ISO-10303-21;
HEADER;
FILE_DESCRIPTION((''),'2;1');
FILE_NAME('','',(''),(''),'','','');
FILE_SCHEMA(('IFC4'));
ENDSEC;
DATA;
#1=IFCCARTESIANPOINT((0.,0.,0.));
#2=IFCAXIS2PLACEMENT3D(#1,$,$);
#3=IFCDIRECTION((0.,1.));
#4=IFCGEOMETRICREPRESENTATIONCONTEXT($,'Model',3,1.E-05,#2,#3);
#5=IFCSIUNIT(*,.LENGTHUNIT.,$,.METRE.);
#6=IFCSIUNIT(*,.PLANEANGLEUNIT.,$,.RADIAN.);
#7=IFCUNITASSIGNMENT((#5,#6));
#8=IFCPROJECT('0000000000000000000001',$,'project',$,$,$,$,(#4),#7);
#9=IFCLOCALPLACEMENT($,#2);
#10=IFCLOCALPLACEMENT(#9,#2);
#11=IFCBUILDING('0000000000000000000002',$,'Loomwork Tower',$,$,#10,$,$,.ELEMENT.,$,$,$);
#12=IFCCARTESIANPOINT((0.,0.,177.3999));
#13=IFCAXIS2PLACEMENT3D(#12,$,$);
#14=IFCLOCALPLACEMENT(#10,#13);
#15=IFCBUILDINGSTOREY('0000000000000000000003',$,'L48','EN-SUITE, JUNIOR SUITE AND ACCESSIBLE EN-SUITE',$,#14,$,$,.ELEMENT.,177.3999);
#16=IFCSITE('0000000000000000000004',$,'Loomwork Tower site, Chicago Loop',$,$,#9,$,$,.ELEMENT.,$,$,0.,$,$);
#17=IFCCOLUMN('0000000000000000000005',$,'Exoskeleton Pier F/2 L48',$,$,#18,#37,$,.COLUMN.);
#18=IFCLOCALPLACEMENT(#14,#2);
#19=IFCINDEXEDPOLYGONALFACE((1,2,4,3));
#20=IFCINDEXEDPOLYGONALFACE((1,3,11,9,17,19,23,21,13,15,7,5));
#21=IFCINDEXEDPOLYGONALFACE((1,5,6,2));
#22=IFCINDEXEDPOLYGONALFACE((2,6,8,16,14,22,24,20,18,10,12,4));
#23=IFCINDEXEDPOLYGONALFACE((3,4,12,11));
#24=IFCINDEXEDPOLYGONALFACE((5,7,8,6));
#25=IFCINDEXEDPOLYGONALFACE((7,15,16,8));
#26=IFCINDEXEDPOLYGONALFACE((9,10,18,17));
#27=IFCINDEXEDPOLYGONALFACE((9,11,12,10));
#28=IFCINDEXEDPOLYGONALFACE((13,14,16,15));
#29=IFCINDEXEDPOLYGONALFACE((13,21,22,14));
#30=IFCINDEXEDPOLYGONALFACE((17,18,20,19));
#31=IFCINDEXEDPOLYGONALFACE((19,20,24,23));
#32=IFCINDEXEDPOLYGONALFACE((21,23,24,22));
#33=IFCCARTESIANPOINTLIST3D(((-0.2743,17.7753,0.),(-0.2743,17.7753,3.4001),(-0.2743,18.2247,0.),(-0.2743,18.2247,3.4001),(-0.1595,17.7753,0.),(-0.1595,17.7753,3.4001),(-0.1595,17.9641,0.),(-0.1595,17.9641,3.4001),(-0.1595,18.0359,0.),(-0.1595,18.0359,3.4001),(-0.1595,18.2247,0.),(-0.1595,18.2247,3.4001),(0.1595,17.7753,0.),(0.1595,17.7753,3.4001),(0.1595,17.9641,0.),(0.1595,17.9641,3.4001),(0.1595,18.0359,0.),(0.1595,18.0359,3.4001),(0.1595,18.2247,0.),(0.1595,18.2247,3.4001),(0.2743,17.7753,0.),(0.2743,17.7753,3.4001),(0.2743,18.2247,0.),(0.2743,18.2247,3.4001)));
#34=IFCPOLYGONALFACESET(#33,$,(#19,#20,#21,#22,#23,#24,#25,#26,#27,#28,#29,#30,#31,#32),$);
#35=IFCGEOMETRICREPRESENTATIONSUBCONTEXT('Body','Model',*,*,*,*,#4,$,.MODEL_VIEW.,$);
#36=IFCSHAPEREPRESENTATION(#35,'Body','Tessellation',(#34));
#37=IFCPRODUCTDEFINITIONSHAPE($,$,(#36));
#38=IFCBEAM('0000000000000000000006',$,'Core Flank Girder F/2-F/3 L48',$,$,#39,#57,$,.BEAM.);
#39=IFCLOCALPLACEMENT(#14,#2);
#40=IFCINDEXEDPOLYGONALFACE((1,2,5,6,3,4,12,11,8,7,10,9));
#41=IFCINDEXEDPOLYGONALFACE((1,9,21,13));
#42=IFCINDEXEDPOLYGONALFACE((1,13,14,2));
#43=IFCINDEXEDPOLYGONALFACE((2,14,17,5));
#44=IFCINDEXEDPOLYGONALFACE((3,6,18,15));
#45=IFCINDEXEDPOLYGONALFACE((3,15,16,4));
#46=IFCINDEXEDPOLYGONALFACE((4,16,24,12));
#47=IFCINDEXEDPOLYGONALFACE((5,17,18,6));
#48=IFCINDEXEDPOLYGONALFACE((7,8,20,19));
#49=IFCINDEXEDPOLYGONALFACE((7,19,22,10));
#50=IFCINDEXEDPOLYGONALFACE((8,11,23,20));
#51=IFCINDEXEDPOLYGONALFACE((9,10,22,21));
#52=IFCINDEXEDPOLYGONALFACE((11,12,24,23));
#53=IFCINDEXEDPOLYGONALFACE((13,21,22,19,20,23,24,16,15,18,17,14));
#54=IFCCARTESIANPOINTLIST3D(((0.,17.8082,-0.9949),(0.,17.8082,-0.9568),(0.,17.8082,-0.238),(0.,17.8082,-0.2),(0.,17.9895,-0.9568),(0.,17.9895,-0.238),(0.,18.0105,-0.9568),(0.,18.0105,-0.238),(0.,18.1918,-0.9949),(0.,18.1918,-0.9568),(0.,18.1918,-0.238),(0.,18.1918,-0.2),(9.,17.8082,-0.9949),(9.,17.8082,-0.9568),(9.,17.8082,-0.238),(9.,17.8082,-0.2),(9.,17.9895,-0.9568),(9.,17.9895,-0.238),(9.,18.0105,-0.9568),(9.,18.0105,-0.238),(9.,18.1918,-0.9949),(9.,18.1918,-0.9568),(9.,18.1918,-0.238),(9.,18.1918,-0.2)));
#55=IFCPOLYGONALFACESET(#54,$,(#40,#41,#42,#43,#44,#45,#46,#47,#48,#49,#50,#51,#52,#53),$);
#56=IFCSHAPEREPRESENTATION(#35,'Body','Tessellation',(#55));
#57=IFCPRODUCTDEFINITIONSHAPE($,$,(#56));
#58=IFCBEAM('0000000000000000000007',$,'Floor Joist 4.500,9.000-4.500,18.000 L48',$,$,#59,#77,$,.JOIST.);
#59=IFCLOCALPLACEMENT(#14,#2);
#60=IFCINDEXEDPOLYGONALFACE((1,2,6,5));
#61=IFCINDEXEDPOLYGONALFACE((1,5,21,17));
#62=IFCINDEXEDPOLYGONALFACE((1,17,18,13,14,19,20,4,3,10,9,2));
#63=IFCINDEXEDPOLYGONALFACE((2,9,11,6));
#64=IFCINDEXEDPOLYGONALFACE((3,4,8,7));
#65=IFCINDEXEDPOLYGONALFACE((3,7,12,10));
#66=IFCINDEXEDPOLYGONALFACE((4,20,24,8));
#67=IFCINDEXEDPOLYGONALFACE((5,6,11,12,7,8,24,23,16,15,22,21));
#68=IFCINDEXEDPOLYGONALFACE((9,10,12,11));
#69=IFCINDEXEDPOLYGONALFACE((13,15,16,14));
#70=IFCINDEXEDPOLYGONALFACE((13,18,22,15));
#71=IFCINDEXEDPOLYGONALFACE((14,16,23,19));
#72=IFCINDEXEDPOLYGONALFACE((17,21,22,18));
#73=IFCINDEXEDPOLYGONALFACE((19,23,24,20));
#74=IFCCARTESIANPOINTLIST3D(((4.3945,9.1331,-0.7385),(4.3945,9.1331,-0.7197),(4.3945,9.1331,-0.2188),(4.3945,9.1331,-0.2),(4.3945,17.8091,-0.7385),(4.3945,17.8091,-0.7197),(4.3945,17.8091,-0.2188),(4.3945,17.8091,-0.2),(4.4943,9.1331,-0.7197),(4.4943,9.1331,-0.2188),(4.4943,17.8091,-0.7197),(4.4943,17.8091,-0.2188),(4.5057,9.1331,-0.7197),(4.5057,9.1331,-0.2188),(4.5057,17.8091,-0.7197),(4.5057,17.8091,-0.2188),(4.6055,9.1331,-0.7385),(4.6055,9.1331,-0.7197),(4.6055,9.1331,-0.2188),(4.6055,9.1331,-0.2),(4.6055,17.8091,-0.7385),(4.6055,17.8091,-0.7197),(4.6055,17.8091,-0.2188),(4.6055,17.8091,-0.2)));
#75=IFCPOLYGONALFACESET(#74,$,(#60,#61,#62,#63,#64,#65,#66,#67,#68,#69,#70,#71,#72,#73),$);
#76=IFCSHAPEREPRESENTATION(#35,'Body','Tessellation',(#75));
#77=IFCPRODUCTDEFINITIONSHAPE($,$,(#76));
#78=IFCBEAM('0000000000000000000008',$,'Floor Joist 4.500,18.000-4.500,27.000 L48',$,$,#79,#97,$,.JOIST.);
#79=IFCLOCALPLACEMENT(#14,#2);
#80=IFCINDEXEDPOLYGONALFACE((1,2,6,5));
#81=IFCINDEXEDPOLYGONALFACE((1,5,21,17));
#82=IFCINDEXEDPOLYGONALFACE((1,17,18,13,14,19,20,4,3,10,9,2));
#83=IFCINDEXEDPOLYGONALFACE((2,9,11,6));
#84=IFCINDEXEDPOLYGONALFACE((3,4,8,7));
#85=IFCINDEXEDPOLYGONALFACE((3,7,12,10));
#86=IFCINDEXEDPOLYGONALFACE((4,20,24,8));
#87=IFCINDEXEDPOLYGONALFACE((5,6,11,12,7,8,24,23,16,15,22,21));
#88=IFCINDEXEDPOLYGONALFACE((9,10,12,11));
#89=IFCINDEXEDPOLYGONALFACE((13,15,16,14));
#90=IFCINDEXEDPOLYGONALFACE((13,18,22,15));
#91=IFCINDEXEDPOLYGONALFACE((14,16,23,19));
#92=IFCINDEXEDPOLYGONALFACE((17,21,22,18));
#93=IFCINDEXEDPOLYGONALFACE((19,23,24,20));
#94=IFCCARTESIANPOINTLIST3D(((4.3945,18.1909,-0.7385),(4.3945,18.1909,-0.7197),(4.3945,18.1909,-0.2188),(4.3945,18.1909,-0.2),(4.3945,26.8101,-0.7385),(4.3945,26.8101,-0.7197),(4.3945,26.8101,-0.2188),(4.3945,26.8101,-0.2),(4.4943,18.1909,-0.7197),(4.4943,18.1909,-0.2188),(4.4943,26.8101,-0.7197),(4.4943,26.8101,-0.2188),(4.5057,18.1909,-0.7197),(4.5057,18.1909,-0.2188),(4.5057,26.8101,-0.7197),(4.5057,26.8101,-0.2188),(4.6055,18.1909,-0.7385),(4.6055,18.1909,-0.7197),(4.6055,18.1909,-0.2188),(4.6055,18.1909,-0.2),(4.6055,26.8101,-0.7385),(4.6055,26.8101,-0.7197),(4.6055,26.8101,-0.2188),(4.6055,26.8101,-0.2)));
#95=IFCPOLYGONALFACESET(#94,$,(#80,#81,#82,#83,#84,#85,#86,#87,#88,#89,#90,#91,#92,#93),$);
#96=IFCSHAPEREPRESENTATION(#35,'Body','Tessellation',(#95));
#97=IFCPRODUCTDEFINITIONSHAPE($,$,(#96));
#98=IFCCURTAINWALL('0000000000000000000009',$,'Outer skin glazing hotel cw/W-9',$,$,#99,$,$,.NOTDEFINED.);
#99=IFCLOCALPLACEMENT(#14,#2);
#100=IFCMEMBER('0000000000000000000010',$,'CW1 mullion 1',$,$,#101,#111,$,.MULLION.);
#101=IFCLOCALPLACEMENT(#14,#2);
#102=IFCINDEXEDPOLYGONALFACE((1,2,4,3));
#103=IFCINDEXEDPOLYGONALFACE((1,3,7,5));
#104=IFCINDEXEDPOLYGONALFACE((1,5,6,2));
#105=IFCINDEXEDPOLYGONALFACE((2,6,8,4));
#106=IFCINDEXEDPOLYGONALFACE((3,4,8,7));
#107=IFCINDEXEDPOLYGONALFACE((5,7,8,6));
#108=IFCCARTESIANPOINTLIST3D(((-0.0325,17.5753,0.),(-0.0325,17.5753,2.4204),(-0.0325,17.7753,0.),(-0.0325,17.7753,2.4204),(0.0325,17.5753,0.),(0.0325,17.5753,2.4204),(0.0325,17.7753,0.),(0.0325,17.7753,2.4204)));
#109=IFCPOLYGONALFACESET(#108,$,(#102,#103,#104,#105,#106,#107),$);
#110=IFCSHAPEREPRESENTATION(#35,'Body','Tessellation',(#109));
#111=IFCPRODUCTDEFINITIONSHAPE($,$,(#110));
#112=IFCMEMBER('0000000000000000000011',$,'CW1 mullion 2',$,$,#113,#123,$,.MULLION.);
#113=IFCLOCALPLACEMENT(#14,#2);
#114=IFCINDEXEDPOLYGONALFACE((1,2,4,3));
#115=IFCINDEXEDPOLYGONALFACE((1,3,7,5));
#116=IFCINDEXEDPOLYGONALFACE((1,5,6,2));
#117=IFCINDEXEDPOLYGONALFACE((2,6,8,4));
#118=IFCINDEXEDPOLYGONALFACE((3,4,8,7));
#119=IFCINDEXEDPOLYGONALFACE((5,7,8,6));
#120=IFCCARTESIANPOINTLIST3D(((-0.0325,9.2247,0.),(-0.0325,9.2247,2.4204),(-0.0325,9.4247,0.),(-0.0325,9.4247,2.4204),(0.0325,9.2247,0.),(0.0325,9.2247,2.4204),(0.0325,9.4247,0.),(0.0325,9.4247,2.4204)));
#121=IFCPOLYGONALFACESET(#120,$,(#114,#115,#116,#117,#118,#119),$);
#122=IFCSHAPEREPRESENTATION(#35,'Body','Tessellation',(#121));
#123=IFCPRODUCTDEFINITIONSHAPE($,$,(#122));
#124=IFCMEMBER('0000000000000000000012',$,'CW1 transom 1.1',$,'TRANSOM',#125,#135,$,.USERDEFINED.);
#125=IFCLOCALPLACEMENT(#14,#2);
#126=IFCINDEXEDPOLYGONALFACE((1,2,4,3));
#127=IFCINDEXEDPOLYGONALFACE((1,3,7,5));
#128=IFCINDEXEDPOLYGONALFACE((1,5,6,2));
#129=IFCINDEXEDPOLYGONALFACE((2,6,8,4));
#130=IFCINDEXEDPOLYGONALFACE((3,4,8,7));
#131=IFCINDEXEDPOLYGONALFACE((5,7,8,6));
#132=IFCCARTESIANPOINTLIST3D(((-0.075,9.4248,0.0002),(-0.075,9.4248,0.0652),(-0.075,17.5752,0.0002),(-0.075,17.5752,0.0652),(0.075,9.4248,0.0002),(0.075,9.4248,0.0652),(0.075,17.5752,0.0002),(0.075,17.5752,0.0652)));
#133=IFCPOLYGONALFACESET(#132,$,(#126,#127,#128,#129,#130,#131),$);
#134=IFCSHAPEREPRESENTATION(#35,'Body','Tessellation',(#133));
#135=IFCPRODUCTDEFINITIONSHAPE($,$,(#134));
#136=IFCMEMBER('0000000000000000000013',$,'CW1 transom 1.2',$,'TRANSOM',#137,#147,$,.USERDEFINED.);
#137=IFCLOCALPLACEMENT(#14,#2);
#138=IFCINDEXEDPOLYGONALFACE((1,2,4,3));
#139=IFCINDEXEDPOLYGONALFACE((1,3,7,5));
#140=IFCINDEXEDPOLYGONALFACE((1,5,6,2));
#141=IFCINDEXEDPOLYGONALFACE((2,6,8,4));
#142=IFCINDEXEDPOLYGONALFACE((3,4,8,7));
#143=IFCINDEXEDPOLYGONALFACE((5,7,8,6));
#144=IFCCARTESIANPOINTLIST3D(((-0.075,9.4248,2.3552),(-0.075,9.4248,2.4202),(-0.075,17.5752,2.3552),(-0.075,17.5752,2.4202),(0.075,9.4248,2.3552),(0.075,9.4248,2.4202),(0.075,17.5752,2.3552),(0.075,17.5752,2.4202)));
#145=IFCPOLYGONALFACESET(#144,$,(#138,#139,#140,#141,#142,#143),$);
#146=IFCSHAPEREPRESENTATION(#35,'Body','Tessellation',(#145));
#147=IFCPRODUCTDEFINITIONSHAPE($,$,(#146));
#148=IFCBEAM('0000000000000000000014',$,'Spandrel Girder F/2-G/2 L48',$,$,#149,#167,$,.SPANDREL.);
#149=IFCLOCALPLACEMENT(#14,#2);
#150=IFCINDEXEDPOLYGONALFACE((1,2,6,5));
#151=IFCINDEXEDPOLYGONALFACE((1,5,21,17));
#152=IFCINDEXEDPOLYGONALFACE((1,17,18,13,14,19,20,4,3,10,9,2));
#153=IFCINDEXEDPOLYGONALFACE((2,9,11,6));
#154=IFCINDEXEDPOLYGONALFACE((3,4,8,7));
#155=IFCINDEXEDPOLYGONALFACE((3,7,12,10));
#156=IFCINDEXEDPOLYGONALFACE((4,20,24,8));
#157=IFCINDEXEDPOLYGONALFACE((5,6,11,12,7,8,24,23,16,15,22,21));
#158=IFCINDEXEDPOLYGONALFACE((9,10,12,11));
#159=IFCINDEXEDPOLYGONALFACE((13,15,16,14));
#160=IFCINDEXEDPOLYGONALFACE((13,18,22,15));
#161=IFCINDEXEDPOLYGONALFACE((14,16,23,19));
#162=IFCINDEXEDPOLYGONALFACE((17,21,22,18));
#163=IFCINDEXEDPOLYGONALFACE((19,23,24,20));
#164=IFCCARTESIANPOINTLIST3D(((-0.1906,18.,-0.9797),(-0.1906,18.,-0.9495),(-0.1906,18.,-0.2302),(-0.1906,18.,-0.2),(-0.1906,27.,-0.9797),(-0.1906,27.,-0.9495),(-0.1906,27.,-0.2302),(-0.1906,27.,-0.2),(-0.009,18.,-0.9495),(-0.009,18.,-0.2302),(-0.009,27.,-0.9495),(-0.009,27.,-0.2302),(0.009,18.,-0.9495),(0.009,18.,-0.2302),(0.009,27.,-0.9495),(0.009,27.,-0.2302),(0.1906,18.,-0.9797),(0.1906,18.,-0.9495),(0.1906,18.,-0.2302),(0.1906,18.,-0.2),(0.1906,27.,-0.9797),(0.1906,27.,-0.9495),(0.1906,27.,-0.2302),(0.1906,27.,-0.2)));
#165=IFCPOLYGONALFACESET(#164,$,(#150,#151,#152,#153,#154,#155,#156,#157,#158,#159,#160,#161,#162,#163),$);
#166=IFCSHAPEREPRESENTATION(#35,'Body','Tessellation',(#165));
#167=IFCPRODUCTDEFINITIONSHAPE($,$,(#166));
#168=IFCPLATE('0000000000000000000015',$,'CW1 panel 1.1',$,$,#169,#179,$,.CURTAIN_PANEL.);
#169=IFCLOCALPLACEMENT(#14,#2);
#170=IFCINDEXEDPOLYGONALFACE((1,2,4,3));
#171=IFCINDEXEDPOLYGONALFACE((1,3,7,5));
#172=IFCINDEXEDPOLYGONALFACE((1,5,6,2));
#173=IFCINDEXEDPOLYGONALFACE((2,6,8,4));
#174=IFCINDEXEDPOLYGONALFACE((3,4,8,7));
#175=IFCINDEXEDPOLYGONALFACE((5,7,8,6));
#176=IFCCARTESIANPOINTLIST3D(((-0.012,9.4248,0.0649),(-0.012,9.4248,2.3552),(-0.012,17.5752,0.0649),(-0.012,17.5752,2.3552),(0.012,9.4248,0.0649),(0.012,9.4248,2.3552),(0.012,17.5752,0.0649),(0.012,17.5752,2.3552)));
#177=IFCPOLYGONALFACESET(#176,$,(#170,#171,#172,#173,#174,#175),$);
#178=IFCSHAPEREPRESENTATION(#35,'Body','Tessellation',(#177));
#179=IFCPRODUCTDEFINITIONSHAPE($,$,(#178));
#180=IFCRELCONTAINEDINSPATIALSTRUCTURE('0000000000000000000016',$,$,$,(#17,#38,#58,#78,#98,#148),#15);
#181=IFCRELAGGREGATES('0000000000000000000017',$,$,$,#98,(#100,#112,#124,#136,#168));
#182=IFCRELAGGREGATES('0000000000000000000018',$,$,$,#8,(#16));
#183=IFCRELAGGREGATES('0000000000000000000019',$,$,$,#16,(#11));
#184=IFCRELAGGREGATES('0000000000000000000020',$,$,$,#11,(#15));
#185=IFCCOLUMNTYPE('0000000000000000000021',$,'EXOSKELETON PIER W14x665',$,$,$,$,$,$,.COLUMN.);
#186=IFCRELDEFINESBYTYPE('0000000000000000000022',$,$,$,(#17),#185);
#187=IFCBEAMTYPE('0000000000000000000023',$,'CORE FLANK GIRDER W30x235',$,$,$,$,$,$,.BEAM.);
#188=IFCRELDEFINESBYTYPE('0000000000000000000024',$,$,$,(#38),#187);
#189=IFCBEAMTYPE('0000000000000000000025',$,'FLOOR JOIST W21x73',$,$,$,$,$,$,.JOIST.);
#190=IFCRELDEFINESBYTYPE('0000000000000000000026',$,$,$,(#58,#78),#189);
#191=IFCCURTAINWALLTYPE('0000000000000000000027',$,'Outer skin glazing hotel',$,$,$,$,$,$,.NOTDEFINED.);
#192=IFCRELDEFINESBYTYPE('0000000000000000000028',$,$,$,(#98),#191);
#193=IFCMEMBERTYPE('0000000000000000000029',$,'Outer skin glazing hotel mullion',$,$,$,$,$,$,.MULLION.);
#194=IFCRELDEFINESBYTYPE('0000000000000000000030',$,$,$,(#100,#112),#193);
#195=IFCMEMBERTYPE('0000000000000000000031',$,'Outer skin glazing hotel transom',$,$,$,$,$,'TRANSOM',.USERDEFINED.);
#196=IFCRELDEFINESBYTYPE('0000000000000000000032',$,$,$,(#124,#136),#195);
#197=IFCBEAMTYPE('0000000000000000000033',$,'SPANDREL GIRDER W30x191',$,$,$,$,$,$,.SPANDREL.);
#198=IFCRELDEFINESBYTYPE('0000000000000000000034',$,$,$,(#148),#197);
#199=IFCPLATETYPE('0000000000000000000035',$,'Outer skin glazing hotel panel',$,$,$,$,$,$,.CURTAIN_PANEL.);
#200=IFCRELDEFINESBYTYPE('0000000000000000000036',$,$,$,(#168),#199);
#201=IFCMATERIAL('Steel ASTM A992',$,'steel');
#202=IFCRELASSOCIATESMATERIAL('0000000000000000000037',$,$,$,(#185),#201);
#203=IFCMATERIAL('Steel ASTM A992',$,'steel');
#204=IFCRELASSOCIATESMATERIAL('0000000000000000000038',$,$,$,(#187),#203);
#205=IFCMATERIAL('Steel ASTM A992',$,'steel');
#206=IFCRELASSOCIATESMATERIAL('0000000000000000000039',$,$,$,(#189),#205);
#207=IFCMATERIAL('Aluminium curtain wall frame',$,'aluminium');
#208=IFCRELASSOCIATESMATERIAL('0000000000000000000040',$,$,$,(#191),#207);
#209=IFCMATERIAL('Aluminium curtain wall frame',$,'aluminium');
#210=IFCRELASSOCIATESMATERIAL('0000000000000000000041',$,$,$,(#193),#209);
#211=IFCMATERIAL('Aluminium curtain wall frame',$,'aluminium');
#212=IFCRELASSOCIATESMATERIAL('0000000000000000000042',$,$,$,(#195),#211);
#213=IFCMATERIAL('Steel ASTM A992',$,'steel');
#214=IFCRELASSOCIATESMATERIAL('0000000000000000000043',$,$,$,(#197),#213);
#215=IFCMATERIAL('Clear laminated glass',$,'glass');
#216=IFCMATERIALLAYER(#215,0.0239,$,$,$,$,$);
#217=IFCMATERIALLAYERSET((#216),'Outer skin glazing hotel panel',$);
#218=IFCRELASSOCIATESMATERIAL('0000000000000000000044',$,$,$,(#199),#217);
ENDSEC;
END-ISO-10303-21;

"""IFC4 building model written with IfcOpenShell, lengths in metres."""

from ifc_helpers import new_model, si_unit, direction, frame, origin, origin_2d, place, context, subcontext, project, spatial, rectangle, i_section, extrude, material, layer, layer_set, material_profile, profile_set, type_object, element, aggregate, save


model = new_model("IFC4")

# Units and contexts
model_context = context("Model", 3, precision=1e-05, world=origin(), true_north=direction((0.0, 1.0)))
body_context = subcontext(model_context, "Body", "Model", "MODEL_VIEW")
ifc_project = project(units=[si_unit("LENGTHUNIT", "METRE"), si_unit("PLANEANGLEUNIT", "RADIAN")], contexts=[model_context])

# Site, building, storey
site_placement = place(None, origin())
site = spatial("IfcSite", under=ifc_project, at=site_placement, Name="Loomwork Tower site, Chicago Loop", CompositionType="ELEMENT", RefElevation=0.0)
building_placement = place(site_placement, origin())
building = spatial("IfcBuilding", under=site, at=building_placement, Name="Loomwork Tower", CompositionType="ELEMENT")
storey_placement = place(building_placement, frame((0.0, 0.0, 177.3999)))
storey = spatial("IfcBuildingStorey", under=building, at=storey_placement, Name="L48", Description="EN-SUITE, JUNIOR SUITE AND ACCESSIBLE EN-SUITE", CompositionType="ELEMENT", Elevation=177.3999)

# Column
ifc_material_1 = material(Name="Steel ASTM A992", Category="steel")
ifc_material_profile_1 = material_profile(ifc_material_1, i_section(OverallWidth=0.4495, OverallDepth=0.5486, WebThickness=0.0718, FlangeThickness=0.1147, at=origin_2d()), Name="W14x665")
ifc_profile_set_1 = profile_set([ifc_material_profile_1], Name="Steel ASTM A992")
column_type = type_object("IfcColumnType", Name="EXOSKELETON PIER W14x665", PredefinedType="COLUMN", material=ifc_profile_set_1)
column_placement = place(storey_placement, frame((0.0, 18.0, 0.0), z_axis=(0.0, 0.0, 1.0), x_axis=(0.0, 1.0, 0.0)))
element("IfcColumn", 1, at=column_placement, inside=storey, type_object=column_type, Name="Exoskeleton Pier F/2 L48", PredefinedType="COLUMN", context=body_context, shape_type="SweptSolid", body=[
    extrude(i_section(OverallWidth=0.4495, OverallDepth=0.5486, WebThickness=0.0718, FlangeThickness=0.1147, at=origin_2d()), origin(), (0.0, 0.0, 1.0), 3.4001),
])

# Beams
ifc_material_2 = material(Name="Steel ASTM A992", Category="steel")
ifc_material_profile_2 = material_profile(ifc_material_2, i_section(OverallWidth=0.3835, OverallDepth=0.7949, WebThickness=0.021, FlangeThickness=0.0381, at=origin_2d()), Name="W30x235")
ifc_profile_set_2 = profile_set([ifc_material_profile_2], Name="Steel ASTM A992")
beam_type_1 = type_object("IfcBeamType", Name="CORE FLANK GIRDER W30x235", PredefinedType="BEAM", material=ifc_profile_set_2)
beam_1_placement = place(storey_placement, frame((0.0, 18.0, -0.5974), z_axis=(1.0, 0.0, 0.0), x_axis=(0.0, 1.0, 0.0)))
element("IfcBeam", 2, at=beam_1_placement, inside=storey, type_object=beam_type_1, Name="Core Flank Girder F/2-F/3 L48", PredefinedType="BEAM", context=body_context, shape_type="SweptSolid", body=[
    extrude(i_section(OverallWidth=0.3835, OverallDepth=0.7949, WebThickness=0.021, FlangeThickness=0.0381, at=origin_2d()), origin(), (0.0, 0.0, 1.0), 9.0),
])
ifc_material_3 = material(Name="Steel ASTM A992", Category="steel")
ifc_material_profile_3 = material_profile(ifc_material_3, i_section(OverallWidth=0.2109, OverallDepth=0.5386, WebThickness=0.0115, FlangeThickness=0.0188, at=origin_2d()), Name="W21x73")
ifc_profile_set_3 = profile_set([ifc_material_profile_3], Name="Steel ASTM A992")
beam_type_2 = type_object("IfcBeamType", Name="FLOOR JOIST W21x73", PredefinedType="JOIST", material=ifc_profile_set_3)
beam_2_placement = place(storey_placement, frame((4.5, 9.1331, -0.4692), z_axis=(0.0, 1.0, 0.0), x_axis=(-1.0, 0.0, 0.0)))
element("IfcBeam", 3, at=beam_2_placement, inside=storey, type_object=beam_type_2, Name="Floor Joist 4.500,9.000-4.500,18.000 L48", PredefinedType="JOIST", context=body_context, shape_type="SweptSolid", body=[
    extrude(i_section(OverallWidth=0.2109, OverallDepth=0.5386, WebThickness=0.0115, FlangeThickness=0.0188, at=origin_2d()), origin(), (0.0, 0.0, 1.0), 8.676),
])
beam_3_placement = place(storey_placement, frame((4.5, 18.1909, -0.4692), z_axis=(0.0, 1.0, 0.0), x_axis=(-1.0, 0.0, 0.0)))
element("IfcBeam", 4, at=beam_3_placement, inside=storey, type_object=beam_type_2, Name="Floor Joist 4.500,18.000-4.500,27.000 L48", PredefinedType="JOIST", context=body_context, shape_type="SweptSolid", body=[
    extrude(i_section(OverallWidth=0.2109, OverallDepth=0.5386, WebThickness=0.0115, FlangeThickness=0.0188, at=origin_2d()), origin(), (0.0, 0.0, 1.0), 8.6191),
])

# Curtain wall, members
ifc_material_4 = material(Name="Aluminium curtain wall frame", Category="aluminium")
curtain_wall_type = type_object("IfcCurtainWallType", Name="Outer skin glazing hotel", PredefinedType="NOTDEFINED", material=ifc_material_4)
curtain_wall_placement = place(storey_placement, origin())
curtain_wall = element("IfcCurtainWall", 5, at=curtain_wall_placement, inside=storey, type_object=curtain_wall_type, Name="Outer skin glazing hotel cw/W-9", PredefinedType="NOTDEFINED")
ifc_material_5 = material(Name="Aluminium curtain wall frame", Category="aluminium")
ifc_material_profile_4 = material_profile(ifc_material_5, rectangle(XDim=0.0649, YDim=0.2, at=origin_2d()), Name="AL 65x200")
ifc_profile_set_4 = profile_set([ifc_material_profile_4], Name="Aluminium curtain wall frame")
member_type_1 = type_object("IfcMemberType", Name="Outer skin glazing hotel mullion", PredefinedType="MULLION", material=ifc_profile_set_4)
member_1_placement = place(storey_placement, frame((0.0, 17.6753, 0.0), z_axis=(0.0, 0.0, 1.0), x_axis=(1.0, 0.0, 0.0)))
member_1 = element("IfcMember", 6, at=member_1_placement, type_object=member_type_1, Name="CW1 mullion 1", PredefinedType="MULLION", context=body_context, shape_type="SweptSolid", body=[
    extrude(rectangle(XDim=0.0649, YDim=0.2, at=origin_2d()), origin(), (0.0, 0.0, 1.0), 2.4204),
])
member_2_placement = place(storey_placement, frame((0.0, 9.3247, 0.0), z_axis=(0.0, 0.0, 1.0), x_axis=(1.0, 0.0, 0.0)))
member_2 = element("IfcMember", 7, at=member_2_placement, type_object=member_type_1, Name="CW1 mullion 2", PredefinedType="MULLION", context=body_context, shape_type="SweptSolid", body=[
    extrude(rectangle(XDim=0.0649, YDim=0.2, at=origin_2d()), origin(), (0.0, 0.0, 1.0), 2.4204),
])
ifc_material_6 = material(Name="Aluminium curtain wall frame", Category="aluminium")
ifc_material_profile_5 = material_profile(ifc_material_6, rectangle(XDim=0.1499, YDim=0.0649, at=origin_2d()), Name="AL 65x150")
ifc_profile_set_5 = profile_set([ifc_material_profile_5], Name="Aluminium curtain wall frame")
member_type_2 = type_object("IfcMemberType", Name="Outer skin glazing hotel transom", ElementType="TRANSOM", PredefinedType="USERDEFINED", material=ifc_profile_set_5)
member_3_placement = place(storey_placement, frame((0.0, 17.5752, 0.0327), z_axis=(0.0, -1.0, 0.0), x_axis=(1.0, 0.0, 0.0)))
member_3 = element("IfcMember", 8, at=member_3_placement, type_object=member_type_2, Name="CW1 transom 1.1", ObjectType="TRANSOM", PredefinedType="USERDEFINED", context=body_context, shape_type="SweptSolid", body=[
    extrude(rectangle(XDim=0.1499, YDim=0.0649, at=origin_2d()), origin(), (0.0, 0.0, 1.0), 8.1504),
])
member_4_placement = place(storey_placement, frame((0.0, 17.5752, 2.3877), z_axis=(0.0, -1.0, 0.0), x_axis=(1.0, 0.0, 0.0)))
member_4 = element("IfcMember", 9, at=member_4_placement, type_object=member_type_2, Name="CW1 transom 1.2", ObjectType="TRANSOM", PredefinedType="USERDEFINED", context=body_context, shape_type="SweptSolid", body=[
    extrude(rectangle(XDim=0.1499, YDim=0.0649, at=origin_2d()), origin(), (0.0, 0.0, 1.0), 8.1504),
])

# Beam
ifc_material_7 = material(Name="Steel ASTM A992", Category="steel")
ifc_material_profile_6 = material_profile(ifc_material_7, i_section(OverallWidth=0.3811, OverallDepth=0.7798, WebThickness=0.0181, FlangeThickness=0.0303, at=origin_2d()), Name="W30x191")
ifc_profile_set_6 = profile_set([ifc_material_profile_6], Name="Steel ASTM A992")
beam_type_3 = type_object("IfcBeamType", Name="SPANDREL GIRDER W30x191", PredefinedType="SPANDREL", material=ifc_profile_set_6)
beam_4_placement = place(storey_placement, frame((0.0, 18.0, -0.5898), z_axis=(0.0, 1.0, 0.0), x_axis=(-1.0, 0.0, 0.0)))
element("IfcBeam", 10, at=beam_4_placement, inside=storey, type_object=beam_type_3, Name="Spandrel Girder F/2-G/2 L48", PredefinedType="SPANDREL", context=body_context, shape_type="SweptSolid", body=[
    extrude(i_section(OverallWidth=0.3811, OverallDepth=0.7798, WebThickness=0.0181, FlangeThickness=0.0303, at=origin_2d()), origin(), (0.0, 0.0, 1.0), 9.0),
])

# Plate
ifc_material_8 = material(Name="Clear laminated glass", Category="glass")
ifc_layer_1 = layer(ifc_material_8, 0.0239)
ifc_layer_set_1 = layer_set([ifc_layer_1], Name="Outer skin glazing hotel panel")
plate_type = type_object("IfcPlateType", Name="Outer skin glazing hotel panel", PredefinedType="CURTAIN_PANEL", material=ifc_layer_set_1)
plate_placement = place(storey_placement, frame((0.0, 13.5, 0.0649), z_axis=(0.0, 0.0, 1.0), x_axis=(0.0, -1.0, 0.0)))
plate = element("IfcPlate", 11, at=plate_placement, type_object=plate_type, Name="CW1 panel 1.1", PredefinedType="CURTAIN_PANEL", context=body_context, shape_type="SweptSolid", body=[
    extrude(rectangle(XDim=8.1504, YDim=0.0239, at=origin_2d()), origin(), (0.0, 0.0, 1.0), 2.2903),
])
aggregate(curtain_wall, [member_1, member_2, member_3, member_4, plate])

save(model, "model.ifc")
